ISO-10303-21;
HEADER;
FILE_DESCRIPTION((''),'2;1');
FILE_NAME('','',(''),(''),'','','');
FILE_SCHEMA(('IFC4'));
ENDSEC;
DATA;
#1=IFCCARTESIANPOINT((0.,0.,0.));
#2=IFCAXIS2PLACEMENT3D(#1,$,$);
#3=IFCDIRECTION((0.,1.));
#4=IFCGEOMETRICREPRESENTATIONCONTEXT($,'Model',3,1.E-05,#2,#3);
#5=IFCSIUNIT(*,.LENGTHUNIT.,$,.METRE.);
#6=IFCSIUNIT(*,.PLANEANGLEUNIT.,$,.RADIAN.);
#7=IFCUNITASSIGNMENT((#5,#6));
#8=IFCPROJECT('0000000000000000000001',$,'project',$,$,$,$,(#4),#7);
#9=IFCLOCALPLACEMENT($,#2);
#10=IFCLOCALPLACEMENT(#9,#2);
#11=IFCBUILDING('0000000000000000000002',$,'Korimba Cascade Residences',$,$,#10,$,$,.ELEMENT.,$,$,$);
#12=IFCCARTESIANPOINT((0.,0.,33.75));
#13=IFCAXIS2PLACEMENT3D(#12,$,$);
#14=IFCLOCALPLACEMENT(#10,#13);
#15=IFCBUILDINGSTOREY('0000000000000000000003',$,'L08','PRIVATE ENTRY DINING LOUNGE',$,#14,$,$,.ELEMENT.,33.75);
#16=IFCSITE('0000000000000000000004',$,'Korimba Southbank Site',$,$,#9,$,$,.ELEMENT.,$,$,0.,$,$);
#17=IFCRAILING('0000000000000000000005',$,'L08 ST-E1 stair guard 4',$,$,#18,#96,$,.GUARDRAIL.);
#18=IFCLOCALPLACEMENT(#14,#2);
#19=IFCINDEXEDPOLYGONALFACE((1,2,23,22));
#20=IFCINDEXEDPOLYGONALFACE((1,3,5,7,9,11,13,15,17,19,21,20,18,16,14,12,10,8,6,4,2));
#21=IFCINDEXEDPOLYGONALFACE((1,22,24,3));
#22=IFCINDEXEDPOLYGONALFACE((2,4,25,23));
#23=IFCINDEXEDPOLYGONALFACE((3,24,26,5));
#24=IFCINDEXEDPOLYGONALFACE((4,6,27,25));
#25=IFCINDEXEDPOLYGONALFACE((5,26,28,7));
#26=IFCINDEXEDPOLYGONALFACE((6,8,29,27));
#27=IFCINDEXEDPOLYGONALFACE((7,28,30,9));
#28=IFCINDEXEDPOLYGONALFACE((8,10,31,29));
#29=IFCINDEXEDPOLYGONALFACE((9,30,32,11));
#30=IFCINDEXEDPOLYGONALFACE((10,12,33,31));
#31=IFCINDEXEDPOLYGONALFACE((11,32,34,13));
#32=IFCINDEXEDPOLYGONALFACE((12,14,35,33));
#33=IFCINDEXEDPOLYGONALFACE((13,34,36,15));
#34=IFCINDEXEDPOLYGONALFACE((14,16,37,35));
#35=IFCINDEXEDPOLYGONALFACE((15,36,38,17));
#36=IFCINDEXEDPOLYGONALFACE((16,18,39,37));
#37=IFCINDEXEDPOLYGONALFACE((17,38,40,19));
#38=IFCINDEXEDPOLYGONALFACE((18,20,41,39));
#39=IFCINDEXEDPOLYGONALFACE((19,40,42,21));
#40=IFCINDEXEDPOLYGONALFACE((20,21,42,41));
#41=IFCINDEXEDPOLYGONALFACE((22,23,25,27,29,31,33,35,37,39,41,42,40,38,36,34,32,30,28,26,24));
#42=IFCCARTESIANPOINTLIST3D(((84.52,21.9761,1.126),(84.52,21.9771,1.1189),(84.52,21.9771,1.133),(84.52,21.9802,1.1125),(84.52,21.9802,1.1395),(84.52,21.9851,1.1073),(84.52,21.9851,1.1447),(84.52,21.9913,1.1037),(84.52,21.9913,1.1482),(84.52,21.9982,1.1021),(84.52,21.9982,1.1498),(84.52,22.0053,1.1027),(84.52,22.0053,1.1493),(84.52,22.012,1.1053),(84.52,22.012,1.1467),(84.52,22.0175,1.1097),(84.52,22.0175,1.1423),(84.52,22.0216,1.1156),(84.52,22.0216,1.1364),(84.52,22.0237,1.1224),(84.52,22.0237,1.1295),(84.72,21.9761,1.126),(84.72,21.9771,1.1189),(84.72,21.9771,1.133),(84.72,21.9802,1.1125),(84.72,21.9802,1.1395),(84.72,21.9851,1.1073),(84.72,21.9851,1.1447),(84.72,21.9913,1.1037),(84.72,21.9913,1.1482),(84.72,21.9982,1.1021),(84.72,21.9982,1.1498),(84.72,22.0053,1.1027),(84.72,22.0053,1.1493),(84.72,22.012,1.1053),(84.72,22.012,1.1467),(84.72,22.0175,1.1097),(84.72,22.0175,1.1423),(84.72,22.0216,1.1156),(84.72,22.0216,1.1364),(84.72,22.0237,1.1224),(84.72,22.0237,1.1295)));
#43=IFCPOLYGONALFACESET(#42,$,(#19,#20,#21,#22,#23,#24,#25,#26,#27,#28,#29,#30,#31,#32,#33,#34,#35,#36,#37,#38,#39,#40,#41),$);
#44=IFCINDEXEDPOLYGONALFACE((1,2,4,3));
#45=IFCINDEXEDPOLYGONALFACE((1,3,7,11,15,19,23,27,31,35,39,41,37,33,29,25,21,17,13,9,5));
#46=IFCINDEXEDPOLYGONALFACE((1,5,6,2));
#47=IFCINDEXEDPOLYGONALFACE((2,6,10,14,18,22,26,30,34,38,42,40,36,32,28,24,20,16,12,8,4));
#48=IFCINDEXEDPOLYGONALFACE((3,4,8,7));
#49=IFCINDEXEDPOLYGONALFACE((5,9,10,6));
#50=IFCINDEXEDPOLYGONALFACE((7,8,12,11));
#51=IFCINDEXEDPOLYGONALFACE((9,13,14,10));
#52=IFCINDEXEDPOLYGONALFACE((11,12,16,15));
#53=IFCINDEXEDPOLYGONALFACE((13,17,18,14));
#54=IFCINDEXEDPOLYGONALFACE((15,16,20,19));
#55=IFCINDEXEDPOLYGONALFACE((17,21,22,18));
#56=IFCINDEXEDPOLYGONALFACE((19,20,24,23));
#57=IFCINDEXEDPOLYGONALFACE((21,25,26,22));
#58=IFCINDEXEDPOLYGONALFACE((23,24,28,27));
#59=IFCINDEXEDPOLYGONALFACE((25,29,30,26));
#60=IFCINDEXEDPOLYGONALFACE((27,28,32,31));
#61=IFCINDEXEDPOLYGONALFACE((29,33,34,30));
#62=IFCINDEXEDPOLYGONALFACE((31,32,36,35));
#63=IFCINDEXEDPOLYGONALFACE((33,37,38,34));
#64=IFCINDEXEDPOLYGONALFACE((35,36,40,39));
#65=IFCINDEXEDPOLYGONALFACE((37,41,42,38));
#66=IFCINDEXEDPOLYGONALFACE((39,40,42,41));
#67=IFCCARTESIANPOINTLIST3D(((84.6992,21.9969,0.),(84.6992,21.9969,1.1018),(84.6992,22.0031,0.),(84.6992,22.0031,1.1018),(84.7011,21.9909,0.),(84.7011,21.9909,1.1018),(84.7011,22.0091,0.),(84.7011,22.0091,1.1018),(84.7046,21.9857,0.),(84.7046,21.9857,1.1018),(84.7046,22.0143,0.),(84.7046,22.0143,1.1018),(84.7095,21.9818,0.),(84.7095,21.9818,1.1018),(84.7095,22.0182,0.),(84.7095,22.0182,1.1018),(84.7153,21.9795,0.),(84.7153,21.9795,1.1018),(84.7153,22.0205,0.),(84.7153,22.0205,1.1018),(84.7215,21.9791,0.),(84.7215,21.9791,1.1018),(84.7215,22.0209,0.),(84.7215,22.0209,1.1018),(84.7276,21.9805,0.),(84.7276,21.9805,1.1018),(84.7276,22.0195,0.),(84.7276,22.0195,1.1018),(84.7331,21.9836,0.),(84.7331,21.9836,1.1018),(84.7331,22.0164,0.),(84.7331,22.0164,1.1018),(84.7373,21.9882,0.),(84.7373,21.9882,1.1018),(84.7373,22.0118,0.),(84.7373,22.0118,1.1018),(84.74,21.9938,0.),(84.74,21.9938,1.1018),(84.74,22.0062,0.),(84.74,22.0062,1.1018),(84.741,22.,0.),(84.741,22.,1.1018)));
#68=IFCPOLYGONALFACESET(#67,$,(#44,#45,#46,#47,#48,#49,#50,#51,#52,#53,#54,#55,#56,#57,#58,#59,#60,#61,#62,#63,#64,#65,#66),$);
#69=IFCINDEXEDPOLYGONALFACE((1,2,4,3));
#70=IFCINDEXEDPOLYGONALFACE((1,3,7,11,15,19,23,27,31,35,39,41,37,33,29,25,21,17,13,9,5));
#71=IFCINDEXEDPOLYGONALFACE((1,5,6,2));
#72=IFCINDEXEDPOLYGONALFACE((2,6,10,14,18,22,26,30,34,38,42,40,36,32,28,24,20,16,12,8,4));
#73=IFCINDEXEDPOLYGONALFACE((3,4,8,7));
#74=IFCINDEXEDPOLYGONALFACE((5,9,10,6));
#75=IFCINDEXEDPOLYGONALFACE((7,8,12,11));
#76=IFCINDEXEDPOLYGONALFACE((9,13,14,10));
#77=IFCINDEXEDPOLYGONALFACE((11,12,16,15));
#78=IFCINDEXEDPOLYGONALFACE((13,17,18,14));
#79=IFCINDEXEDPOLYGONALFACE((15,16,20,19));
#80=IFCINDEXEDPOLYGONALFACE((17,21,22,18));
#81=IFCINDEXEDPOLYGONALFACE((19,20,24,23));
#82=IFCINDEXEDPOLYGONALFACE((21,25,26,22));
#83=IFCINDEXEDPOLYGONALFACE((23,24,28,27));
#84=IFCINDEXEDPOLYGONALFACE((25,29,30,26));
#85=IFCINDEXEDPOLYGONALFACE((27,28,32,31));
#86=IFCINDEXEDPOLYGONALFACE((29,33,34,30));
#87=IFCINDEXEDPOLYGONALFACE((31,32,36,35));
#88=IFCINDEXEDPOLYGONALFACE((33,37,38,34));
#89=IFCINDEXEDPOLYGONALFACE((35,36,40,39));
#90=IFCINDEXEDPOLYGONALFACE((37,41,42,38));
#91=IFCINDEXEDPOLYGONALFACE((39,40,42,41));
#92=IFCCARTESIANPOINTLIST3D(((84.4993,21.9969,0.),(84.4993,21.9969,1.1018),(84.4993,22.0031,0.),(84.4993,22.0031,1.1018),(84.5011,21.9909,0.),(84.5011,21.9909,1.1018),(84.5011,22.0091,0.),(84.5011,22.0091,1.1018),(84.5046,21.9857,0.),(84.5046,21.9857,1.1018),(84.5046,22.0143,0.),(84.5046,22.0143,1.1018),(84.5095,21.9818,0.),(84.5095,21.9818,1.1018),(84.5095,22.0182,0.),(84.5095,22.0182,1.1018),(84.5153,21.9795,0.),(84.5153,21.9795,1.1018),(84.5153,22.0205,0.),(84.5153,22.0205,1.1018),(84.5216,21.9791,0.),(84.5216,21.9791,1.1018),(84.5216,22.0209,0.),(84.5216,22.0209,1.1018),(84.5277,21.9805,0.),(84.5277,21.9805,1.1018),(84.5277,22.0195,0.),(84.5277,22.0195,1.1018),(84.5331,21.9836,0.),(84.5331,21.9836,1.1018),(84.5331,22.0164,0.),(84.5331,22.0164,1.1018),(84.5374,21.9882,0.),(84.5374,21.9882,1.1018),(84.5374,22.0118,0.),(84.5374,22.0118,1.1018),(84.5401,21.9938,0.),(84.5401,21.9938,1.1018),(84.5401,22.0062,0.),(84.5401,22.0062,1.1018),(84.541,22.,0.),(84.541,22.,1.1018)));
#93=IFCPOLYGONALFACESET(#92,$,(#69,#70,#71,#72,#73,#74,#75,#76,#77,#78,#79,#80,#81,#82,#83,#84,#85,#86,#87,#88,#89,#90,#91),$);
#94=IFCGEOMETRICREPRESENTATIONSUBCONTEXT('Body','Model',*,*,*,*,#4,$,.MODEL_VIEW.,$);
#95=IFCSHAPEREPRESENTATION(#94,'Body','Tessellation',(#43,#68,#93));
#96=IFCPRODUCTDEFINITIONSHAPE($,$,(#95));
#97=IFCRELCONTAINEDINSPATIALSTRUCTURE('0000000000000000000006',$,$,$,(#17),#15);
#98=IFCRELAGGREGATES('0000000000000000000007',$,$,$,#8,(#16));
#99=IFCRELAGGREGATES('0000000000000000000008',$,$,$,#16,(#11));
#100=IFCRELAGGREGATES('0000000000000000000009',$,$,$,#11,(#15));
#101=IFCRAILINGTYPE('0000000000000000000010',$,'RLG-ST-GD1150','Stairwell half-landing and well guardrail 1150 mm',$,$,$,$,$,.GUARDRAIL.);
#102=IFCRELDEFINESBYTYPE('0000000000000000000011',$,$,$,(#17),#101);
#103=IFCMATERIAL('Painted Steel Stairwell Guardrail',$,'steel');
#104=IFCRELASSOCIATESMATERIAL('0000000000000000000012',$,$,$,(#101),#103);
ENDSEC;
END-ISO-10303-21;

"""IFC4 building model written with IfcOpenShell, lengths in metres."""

from ifc_helpers import new_model, si_unit, direction, frame, origin, origin_2d, place, context, subcontext, project, spatial, circle, extrude, material, type_object, element, save


model = new_model("IFC4")

# Units and contexts
model_context = context("Model", 3, precision=1e-05, world=origin(), true_north=direction((0.0, 1.0)))
body_context = subcontext(model_context, "Body", "Model", "MODEL_VIEW")
ifc_project = project(units=[si_unit("LENGTHUNIT", "METRE"), si_unit("PLANEANGLEUNIT", "RADIAN")], contexts=[model_context])

# Site, building, storey
site_placement = place(None, origin())
site = spatial("IfcSite", under=ifc_project, at=site_placement, Name="Korimba Southbank Site", CompositionType="ELEMENT", RefElevation=0.0)
building_placement = place(site_placement, origin())
building = spatial("IfcBuilding", under=site, at=building_placement, Name="Korimba Cascade Residences", CompositionType="ELEMENT")
storey_placement = place(building_placement, frame((0.0, 0.0, 33.75)))
storey = spatial("IfcBuildingStorey", under=building, at=storey_placement, Name="L08", Description="PRIVATE ENTRY DINING LOUNGE", CompositionType="ELEMENT", Elevation=33.75)

# Railing
ifc_material_1 = material(Name="Painted Steel Stairwell Guardrail", Category="steel")
railing_type_1 = type_object("IfcRailingType", Name="RLG-ST-GD1150", Description="Stairwell half-landing and well guardrail 1150 mm", PredefinedType="GUARDRAIL", material=ifc_material_1)
railing_1_placement = place(storey_placement, frame((84.72, 22.0, 0.0)))
element("IfcRailing", 1, at=railing_1_placement, inside=storey, type_object=railing_type_1, Name="L08 ST-E1 stair guard 4", PredefinedType="GUARDRAIL", context=body_context, shape_type="SweptSolid", body=[
    extrude(circle(Radius=0.0239, at=origin_2d()), frame((0.0, 0.0, 1.126), z_axis=(-1.0, 0.0, 0.0), x_axis=(0.0, -1.0, 0.0)), (0.0, 0.0, 1.0), 0.2),
    extrude(circle(Radius=0.021, at=origin_2d()), origin(), (0.0, 0.0, 1.0), 1.1018),
    extrude(circle(Radius=0.021, at=origin_2d()), frame((-0.2, 0.0, 0.0)), (0.0, 0.0, 1.0), 1.1018),
])

save(model, "model.ifc")
